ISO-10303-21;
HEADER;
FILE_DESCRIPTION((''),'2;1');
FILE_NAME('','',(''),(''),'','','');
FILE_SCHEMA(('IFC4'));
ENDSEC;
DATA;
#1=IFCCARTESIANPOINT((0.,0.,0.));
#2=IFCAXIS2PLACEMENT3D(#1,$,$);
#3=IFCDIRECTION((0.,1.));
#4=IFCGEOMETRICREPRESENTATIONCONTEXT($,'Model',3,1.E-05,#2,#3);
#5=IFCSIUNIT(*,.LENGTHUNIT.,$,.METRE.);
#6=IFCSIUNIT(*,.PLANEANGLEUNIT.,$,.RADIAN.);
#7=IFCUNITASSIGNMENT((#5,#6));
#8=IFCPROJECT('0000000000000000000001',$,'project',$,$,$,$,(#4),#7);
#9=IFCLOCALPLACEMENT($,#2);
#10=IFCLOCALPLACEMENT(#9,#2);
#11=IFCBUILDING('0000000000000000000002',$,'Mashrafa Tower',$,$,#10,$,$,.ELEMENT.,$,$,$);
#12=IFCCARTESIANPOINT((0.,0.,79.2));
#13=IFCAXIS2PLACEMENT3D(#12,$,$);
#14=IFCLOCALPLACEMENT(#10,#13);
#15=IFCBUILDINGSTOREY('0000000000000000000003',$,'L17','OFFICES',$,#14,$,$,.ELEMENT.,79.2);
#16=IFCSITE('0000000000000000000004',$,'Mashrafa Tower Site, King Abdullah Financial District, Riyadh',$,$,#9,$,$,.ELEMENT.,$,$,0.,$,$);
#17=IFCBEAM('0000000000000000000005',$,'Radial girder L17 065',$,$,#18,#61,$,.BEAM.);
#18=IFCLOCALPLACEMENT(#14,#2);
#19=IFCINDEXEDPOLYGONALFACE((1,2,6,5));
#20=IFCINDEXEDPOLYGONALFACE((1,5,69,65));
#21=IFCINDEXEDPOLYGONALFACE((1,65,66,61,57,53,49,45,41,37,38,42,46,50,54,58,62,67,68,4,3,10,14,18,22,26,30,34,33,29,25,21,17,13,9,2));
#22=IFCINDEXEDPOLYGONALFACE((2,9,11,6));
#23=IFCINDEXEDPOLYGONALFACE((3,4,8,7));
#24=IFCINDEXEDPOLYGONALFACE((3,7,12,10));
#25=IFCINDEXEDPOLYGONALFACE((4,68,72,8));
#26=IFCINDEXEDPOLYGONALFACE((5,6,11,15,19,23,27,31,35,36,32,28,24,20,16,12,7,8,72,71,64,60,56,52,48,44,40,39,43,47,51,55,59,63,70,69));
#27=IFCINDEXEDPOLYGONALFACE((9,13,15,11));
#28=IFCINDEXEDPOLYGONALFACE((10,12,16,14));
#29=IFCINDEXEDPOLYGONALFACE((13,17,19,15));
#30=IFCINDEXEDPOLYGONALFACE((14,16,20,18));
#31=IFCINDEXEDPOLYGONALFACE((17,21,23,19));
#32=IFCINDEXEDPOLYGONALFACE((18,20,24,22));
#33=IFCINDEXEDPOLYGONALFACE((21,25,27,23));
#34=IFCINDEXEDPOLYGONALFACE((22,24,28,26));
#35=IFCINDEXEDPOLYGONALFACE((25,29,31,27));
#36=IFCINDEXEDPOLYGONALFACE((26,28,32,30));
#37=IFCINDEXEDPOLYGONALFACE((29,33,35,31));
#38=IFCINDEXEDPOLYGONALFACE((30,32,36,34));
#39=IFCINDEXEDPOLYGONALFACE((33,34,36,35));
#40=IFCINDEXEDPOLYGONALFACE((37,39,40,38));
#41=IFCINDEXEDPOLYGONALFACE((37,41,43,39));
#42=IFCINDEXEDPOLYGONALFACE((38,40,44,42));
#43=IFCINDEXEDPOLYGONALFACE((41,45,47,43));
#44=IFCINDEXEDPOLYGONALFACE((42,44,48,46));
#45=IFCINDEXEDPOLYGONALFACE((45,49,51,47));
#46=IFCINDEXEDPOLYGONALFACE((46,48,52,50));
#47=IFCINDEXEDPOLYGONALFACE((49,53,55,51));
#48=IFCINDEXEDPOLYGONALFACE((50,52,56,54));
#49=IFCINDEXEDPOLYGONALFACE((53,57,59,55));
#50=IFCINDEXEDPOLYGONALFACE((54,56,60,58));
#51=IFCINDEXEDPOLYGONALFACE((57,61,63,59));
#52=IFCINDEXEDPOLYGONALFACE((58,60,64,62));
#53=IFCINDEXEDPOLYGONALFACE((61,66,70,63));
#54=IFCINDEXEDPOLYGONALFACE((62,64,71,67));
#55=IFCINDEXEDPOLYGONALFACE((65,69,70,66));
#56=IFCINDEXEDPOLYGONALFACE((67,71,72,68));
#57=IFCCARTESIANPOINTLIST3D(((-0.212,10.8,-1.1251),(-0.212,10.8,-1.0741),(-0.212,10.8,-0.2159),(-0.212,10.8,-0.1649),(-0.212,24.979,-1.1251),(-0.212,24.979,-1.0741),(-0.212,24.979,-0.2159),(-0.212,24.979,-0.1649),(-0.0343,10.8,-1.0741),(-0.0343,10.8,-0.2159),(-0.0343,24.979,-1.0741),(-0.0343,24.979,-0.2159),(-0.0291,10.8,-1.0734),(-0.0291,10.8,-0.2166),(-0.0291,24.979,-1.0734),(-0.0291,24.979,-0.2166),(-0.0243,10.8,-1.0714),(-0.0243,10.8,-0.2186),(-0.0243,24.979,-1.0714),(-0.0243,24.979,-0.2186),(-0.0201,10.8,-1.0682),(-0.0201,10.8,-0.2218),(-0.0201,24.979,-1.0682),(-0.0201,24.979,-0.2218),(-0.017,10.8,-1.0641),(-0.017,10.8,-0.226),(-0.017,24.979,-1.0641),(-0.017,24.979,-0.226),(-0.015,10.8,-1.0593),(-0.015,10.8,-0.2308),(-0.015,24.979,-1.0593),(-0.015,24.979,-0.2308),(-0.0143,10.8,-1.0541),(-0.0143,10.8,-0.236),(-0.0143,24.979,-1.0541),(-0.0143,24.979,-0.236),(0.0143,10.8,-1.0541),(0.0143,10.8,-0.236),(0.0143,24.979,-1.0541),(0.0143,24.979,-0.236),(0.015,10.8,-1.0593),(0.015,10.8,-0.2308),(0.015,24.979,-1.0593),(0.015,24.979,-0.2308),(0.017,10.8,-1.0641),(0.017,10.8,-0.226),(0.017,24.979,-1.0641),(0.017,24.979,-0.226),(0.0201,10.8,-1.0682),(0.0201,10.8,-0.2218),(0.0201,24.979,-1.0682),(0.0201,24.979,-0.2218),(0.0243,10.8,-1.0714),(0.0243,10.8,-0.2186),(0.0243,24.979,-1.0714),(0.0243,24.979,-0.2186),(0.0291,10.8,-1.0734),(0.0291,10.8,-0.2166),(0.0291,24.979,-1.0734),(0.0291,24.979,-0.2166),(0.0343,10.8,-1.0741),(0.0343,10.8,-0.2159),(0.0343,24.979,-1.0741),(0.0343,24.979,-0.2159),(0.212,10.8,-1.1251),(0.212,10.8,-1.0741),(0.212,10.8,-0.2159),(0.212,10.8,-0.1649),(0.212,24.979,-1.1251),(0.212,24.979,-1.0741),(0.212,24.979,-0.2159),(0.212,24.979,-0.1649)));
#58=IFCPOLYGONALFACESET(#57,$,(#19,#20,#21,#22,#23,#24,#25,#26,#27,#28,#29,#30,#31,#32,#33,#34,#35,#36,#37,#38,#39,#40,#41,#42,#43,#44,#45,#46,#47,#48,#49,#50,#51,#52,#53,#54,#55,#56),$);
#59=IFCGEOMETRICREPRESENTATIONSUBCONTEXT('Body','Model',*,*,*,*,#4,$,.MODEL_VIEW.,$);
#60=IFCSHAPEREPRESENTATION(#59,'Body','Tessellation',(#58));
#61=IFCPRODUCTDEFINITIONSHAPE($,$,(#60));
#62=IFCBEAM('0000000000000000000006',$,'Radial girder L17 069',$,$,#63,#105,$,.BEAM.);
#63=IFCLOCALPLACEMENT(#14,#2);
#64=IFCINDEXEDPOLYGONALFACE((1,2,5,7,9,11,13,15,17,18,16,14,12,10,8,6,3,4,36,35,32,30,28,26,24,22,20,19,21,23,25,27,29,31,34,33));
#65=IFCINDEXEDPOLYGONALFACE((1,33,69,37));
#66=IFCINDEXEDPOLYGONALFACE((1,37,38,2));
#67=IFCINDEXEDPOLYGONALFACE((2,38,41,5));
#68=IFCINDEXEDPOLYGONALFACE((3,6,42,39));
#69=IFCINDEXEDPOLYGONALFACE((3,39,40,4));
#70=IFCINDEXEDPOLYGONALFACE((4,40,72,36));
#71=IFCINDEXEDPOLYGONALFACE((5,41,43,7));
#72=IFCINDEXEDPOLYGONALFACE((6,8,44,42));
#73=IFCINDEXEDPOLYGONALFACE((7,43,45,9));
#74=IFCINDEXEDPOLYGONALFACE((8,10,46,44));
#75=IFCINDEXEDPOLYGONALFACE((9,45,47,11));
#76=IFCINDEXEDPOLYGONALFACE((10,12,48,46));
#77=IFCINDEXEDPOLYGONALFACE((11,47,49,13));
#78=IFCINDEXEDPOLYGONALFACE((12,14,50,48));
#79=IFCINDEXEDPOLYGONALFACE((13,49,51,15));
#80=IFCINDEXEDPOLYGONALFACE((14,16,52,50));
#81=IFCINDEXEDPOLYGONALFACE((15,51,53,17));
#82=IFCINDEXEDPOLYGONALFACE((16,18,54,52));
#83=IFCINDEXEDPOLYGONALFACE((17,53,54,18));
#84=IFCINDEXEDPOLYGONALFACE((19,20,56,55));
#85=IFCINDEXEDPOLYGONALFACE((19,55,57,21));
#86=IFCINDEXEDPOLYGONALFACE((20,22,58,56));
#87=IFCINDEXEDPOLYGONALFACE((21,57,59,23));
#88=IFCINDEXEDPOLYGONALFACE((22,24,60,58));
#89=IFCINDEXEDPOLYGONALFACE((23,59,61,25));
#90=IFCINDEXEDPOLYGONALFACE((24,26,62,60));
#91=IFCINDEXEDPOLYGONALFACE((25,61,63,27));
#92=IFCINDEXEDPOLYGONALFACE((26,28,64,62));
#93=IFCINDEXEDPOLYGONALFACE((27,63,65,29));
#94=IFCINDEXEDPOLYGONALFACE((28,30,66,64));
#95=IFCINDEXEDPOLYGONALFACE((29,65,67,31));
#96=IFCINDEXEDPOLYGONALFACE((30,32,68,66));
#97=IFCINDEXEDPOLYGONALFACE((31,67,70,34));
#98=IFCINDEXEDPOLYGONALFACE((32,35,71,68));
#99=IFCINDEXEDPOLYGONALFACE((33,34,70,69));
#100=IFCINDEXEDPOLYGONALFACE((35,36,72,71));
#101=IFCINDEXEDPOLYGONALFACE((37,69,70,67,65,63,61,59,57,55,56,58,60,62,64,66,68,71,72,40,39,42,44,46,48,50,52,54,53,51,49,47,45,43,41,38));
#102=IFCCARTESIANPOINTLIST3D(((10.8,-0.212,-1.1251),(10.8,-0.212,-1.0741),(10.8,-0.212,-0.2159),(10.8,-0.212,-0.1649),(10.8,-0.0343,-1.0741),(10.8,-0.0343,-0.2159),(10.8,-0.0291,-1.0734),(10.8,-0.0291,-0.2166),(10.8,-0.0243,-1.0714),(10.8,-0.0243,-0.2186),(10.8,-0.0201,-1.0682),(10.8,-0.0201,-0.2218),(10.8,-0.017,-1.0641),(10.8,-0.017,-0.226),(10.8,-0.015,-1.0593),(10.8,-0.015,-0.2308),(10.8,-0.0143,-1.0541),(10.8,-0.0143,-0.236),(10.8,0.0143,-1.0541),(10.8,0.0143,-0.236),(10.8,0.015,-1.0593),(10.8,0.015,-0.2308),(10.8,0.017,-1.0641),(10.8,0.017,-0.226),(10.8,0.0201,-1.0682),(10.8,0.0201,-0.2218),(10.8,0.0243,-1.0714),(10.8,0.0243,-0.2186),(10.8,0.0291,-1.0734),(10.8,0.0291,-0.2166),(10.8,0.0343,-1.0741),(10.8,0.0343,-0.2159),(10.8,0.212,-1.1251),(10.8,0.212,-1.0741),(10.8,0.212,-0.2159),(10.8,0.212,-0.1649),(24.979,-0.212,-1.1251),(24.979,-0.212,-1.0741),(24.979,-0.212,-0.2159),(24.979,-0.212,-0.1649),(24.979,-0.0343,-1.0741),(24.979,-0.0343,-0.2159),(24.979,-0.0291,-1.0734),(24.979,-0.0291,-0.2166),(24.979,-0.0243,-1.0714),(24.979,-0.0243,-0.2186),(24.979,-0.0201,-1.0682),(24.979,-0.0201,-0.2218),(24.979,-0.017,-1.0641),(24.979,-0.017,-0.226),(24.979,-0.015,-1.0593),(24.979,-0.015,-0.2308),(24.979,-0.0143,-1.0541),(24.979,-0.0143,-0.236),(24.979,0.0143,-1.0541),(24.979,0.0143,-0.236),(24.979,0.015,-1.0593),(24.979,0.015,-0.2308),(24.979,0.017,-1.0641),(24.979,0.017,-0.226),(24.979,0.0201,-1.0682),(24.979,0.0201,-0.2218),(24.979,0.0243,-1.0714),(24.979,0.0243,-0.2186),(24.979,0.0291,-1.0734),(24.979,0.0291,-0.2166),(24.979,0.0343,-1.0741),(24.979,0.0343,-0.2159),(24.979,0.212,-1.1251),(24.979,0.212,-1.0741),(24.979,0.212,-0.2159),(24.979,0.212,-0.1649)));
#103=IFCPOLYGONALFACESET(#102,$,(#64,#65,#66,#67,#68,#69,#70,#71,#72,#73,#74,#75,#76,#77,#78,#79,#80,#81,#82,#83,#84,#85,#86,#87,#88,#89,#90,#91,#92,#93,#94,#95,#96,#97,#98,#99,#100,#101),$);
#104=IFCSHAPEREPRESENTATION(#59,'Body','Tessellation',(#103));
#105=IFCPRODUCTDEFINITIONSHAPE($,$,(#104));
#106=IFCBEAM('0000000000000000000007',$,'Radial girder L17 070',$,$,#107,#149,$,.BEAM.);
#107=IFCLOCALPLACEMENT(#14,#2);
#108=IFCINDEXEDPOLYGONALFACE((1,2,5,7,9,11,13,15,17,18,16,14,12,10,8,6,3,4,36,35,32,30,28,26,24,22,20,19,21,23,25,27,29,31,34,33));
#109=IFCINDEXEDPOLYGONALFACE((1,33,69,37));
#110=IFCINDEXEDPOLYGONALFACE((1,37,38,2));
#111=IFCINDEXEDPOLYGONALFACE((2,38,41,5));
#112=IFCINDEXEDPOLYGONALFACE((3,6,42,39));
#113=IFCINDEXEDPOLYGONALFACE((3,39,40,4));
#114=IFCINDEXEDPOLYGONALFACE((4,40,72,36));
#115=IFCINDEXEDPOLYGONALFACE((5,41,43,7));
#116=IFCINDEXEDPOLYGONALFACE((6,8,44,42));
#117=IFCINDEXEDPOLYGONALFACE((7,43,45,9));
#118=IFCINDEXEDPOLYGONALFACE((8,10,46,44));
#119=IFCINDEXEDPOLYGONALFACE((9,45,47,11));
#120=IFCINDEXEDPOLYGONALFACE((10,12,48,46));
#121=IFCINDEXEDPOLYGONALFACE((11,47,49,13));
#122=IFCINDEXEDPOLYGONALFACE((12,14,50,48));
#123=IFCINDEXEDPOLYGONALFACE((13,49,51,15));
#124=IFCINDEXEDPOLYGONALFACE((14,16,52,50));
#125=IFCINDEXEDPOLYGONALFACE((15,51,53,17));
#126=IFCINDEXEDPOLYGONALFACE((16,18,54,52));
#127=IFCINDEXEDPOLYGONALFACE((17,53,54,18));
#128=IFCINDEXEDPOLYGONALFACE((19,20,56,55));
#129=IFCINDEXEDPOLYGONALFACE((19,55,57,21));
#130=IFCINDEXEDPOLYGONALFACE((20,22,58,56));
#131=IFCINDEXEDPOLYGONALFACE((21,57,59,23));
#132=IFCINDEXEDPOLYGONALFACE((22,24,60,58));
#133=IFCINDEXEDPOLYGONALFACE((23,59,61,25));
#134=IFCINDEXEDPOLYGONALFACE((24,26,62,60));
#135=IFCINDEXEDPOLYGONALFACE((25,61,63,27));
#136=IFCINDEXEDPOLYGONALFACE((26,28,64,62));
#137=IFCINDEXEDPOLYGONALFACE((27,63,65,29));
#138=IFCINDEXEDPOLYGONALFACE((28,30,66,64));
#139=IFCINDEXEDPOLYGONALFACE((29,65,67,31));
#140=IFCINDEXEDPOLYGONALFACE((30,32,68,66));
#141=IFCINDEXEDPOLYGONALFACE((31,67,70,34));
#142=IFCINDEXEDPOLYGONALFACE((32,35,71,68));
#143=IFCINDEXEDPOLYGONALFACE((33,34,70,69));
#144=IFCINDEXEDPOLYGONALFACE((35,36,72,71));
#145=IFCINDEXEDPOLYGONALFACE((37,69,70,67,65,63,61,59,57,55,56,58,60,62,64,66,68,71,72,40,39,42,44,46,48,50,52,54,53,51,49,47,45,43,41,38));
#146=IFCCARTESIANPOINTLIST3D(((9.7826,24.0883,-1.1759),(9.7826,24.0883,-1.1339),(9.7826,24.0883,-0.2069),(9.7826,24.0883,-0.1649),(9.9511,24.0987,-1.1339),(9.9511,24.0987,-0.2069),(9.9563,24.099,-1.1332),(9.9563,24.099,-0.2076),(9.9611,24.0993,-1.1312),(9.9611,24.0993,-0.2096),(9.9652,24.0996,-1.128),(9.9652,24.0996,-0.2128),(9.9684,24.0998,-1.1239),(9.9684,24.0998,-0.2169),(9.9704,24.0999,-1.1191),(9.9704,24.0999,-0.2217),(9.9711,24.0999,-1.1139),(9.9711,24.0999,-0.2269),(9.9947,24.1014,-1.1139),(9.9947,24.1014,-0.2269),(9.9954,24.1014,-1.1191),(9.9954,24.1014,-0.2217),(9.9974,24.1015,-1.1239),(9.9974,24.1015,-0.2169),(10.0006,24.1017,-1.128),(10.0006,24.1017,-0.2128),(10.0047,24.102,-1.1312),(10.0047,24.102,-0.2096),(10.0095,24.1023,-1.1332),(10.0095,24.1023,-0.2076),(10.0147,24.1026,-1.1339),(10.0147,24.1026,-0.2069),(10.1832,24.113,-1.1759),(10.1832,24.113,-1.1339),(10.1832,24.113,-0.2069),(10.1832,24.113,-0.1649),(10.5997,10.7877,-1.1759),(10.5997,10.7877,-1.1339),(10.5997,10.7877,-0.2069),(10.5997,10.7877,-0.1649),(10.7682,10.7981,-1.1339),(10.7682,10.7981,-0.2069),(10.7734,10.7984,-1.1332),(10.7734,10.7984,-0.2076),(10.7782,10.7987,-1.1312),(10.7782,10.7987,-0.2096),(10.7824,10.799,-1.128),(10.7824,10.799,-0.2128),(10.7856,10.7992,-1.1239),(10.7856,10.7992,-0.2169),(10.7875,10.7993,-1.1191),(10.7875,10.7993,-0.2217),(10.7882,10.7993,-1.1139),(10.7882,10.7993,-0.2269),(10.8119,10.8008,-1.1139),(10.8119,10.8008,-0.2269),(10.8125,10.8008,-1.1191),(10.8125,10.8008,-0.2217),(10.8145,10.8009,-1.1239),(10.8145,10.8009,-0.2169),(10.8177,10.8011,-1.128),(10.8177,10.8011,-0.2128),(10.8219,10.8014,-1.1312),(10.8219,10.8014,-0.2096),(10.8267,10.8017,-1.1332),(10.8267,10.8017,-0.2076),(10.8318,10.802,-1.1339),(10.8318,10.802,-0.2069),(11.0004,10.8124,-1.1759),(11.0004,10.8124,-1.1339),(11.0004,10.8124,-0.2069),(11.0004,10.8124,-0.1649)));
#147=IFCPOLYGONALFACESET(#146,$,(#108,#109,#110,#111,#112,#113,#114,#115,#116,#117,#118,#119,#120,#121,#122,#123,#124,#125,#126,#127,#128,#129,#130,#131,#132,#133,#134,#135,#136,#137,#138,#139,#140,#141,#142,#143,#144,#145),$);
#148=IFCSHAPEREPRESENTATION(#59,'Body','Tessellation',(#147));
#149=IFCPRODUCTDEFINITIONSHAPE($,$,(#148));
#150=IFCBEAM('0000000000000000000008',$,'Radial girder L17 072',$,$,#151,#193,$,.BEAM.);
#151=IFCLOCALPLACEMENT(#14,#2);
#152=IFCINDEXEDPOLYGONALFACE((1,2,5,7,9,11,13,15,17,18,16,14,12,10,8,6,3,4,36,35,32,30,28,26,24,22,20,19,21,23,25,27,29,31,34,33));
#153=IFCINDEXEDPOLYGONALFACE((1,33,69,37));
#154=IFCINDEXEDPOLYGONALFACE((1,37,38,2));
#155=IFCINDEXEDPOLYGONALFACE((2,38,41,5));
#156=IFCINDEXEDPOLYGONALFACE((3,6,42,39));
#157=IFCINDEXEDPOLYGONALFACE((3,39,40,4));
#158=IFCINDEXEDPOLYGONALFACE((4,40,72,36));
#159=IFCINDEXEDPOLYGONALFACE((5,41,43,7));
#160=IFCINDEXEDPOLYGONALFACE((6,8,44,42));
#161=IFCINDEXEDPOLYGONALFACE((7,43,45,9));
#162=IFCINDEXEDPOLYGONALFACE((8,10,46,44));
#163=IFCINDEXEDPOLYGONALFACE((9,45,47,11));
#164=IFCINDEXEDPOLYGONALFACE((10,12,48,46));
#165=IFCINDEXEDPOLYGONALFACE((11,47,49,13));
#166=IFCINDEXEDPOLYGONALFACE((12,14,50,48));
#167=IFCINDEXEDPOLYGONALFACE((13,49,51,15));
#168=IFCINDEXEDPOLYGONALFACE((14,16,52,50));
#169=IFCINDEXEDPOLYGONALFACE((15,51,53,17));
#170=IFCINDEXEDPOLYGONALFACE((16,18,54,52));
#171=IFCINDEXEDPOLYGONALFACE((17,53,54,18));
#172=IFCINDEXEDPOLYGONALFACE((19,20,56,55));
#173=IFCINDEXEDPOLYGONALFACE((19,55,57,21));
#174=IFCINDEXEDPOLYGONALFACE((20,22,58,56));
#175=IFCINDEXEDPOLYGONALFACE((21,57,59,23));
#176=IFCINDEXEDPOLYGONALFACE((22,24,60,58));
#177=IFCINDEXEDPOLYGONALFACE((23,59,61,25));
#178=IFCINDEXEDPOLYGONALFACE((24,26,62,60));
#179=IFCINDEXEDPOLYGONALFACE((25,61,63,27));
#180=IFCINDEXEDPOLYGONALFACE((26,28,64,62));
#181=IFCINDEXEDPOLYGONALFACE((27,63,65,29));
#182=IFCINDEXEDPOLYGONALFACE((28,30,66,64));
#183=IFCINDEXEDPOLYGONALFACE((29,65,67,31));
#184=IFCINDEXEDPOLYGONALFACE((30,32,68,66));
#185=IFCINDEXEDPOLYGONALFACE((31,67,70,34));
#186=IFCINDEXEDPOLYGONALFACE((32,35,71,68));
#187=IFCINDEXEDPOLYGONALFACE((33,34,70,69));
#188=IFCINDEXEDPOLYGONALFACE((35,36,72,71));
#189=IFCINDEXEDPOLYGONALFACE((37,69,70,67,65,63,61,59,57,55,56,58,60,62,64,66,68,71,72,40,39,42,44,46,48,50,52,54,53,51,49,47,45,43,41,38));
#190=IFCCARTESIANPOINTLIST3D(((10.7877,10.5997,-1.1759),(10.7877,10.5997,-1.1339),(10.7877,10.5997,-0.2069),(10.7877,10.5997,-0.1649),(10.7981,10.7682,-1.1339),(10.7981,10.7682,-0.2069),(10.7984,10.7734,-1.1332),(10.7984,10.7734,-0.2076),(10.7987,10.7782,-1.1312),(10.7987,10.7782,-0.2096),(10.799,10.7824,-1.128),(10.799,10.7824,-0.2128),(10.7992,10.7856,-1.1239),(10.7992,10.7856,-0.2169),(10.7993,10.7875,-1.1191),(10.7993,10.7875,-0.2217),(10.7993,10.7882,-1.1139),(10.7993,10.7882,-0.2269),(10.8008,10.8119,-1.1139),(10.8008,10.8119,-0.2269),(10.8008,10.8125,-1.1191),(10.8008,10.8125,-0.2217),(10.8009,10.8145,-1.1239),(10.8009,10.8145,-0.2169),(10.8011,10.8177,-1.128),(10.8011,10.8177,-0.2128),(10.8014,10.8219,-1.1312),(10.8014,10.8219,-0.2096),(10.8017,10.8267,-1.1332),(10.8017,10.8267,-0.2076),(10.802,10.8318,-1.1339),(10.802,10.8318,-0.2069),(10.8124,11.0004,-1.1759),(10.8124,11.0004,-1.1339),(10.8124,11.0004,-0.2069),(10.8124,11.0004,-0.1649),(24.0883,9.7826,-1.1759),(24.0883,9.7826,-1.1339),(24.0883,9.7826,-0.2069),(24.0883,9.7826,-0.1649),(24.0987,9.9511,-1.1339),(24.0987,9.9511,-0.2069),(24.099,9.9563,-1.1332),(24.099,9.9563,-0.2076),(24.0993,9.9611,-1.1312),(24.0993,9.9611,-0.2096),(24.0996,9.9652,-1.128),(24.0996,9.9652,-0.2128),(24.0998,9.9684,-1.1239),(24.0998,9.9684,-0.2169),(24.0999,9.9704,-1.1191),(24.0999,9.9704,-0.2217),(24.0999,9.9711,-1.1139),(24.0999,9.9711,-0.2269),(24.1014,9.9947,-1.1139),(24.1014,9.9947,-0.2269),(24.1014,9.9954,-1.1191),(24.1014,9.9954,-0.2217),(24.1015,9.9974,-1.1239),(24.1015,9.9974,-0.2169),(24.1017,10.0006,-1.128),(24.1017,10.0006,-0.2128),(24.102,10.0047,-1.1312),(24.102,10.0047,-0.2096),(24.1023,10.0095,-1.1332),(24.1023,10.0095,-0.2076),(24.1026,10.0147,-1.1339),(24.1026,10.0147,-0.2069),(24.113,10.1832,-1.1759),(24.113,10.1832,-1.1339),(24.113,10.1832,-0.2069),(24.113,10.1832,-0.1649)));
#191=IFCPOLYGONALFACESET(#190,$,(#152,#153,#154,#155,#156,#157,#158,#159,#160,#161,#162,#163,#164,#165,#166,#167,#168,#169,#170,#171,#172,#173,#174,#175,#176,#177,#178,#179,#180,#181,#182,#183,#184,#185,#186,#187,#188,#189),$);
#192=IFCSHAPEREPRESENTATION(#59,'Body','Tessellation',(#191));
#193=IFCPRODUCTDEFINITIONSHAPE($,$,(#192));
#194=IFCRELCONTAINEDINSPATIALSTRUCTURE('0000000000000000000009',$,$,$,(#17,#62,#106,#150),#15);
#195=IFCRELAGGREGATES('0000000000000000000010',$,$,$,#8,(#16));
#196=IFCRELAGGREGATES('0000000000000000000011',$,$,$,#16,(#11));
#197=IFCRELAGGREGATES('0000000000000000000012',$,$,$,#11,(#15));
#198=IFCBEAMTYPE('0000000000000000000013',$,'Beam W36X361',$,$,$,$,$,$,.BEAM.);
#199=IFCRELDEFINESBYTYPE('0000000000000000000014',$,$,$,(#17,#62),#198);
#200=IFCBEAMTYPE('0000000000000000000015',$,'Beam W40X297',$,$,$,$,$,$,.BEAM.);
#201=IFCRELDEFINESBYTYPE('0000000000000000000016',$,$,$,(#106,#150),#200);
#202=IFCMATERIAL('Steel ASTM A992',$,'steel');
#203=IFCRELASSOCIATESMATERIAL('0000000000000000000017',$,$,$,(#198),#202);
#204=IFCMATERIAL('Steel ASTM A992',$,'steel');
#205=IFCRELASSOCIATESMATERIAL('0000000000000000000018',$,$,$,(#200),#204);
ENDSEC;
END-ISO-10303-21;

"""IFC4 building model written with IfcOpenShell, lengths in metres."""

from ifc_helpers import new_model, si_unit, direction, frame, origin, origin_2d, place, context, subcontext, project, spatial, i_section, extrude, material, material_profile, profile_set, type_object, element, save


model = new_model("IFC4")

# Units and contexts
model_context = context("Model", 3, precision=1e-05, world=origin(), true_north=direction((0.0, 1.0)))
body_context = subcontext(model_context, "Body", "Model", "MODEL_VIEW")
ifc_project = project(units=[si_unit("LENGTHUNIT", "METRE"), si_unit("PLANEANGLEUNIT", "RADIAN")], contexts=[model_context])

# Site, building, storey
site_placement = place(None, origin())
site = spatial("IfcSite", under=ifc_project, at=site_placement, Name="Mashrafa Tower Site, King Abdullah Financial District, Riyadh", CompositionType="ELEMENT", RefElevation=0.0)
building_placement = place(site_placement, origin())
building = spatial("IfcBuilding", under=site, at=building_placement, Name="Mashrafa Tower", CompositionType="ELEMENT")
storey_placement = place(building_placement, frame((0.0, 0.0, 79.2)))
storey = spatial("IfcBuildingStorey", under=building, at=storey_placement, Name="L17", Description="OFFICES", CompositionType="ELEMENT", Elevation=79.2)

# Beams
ifc_material_1 = material(Name="Steel ASTM A992", Category="steel")
ifc_material_profile_1 = material_profile(ifc_material_1, i_section(OverallWidth=0.4241, OverallDepth=0.9602, WebThickness=0.0286, FlangeThickness=0.051, FilletRadius=0.02, at=origin_2d()), Name="W36X361")
ifc_profile_set_1 = profile_set([ifc_material_profile_1], Name="Steel ASTM A992")
beam_type_1 = type_object("IfcBeamType", Name="Beam W36X361", PredefinedType="BEAM", material=ifc_profile_set_1)
for number, where, z_axis, x_axis, name in (
    (1, (0.0, 10.8, -0.645), (0.0, 1.0, 0.0), (-1.0, 0.0, 0.0), "Radial girder L17 065"),
    (2, (10.8, 0.0, -0.645), (1.0, 0.0, 0.0), (0.0, 1.0, 0.0), "Radial girder L17 069"),
):
    element("IfcBeam", number, at=place(storey_placement, frame(where, z_axis=z_axis, x_axis=x_axis)), inside=storey, type_object=beam_type_1, Name=name, PredefinedType="BEAM", context=body_context, shape_type="SweptSolid", body=[
        extrude(i_section(OverallWidth=0.4241, OverallDepth=0.9602, WebThickness=0.0286, FlangeThickness=0.051, FilletRadius=0.02, at=origin_2d()), origin(), (0.0, 0.0, 1.0), 14.179),
    ])
ifc_material_2 = material(Name="Steel ASTM A992", Category="steel")
ifc_material_profile_2 = material_profile(ifc_material_2, i_section(OverallWidth=0.4014, OverallDepth=1.011, WebThickness=0.0237, FlangeThickness=0.042, FilletRadius=0.02, at=origin_2d()), Name="W40X297")
ifc_profile_set_2 = profile_set([ifc_material_profile_2], Name="Steel ASTM A992")
beam_type_2 = type_object("IfcBeamType", Name="Beam W40X297", PredefinedType="BEAM", material=ifc_profile_set_2)
for number, where, z_axis, x_axis, name in (
    (3, (10.8, 10.8, -0.6704), (-0.061321, 0.998118, 0.0), (-0.998118, -0.061321, 0.0), "Radial girder L17 070"),
    (4, (10.8, 10.8, -0.6704), (0.998118, -0.061321, 0.0), (0.061321, 0.998118, 0.0), "Radial girder L17 072"),
):
    element("IfcBeam", number, at=place(storey_placement, frame(where, z_axis=z_axis, x_axis=x_axis)), inside=storey, type_object=beam_type_2, Name=name, PredefinedType="BEAM", context=body_context, shape_type="SweptSolid", body=[
        extrude(i_section(OverallWidth=0.4014, OverallDepth=1.011, WebThickness=0.0237, FlangeThickness=0.042, FilletRadius=0.02, at=origin_2d()), origin(), (0.0, 0.0, 1.0), 13.3257),
    ])

save(model, "model.ifc")
